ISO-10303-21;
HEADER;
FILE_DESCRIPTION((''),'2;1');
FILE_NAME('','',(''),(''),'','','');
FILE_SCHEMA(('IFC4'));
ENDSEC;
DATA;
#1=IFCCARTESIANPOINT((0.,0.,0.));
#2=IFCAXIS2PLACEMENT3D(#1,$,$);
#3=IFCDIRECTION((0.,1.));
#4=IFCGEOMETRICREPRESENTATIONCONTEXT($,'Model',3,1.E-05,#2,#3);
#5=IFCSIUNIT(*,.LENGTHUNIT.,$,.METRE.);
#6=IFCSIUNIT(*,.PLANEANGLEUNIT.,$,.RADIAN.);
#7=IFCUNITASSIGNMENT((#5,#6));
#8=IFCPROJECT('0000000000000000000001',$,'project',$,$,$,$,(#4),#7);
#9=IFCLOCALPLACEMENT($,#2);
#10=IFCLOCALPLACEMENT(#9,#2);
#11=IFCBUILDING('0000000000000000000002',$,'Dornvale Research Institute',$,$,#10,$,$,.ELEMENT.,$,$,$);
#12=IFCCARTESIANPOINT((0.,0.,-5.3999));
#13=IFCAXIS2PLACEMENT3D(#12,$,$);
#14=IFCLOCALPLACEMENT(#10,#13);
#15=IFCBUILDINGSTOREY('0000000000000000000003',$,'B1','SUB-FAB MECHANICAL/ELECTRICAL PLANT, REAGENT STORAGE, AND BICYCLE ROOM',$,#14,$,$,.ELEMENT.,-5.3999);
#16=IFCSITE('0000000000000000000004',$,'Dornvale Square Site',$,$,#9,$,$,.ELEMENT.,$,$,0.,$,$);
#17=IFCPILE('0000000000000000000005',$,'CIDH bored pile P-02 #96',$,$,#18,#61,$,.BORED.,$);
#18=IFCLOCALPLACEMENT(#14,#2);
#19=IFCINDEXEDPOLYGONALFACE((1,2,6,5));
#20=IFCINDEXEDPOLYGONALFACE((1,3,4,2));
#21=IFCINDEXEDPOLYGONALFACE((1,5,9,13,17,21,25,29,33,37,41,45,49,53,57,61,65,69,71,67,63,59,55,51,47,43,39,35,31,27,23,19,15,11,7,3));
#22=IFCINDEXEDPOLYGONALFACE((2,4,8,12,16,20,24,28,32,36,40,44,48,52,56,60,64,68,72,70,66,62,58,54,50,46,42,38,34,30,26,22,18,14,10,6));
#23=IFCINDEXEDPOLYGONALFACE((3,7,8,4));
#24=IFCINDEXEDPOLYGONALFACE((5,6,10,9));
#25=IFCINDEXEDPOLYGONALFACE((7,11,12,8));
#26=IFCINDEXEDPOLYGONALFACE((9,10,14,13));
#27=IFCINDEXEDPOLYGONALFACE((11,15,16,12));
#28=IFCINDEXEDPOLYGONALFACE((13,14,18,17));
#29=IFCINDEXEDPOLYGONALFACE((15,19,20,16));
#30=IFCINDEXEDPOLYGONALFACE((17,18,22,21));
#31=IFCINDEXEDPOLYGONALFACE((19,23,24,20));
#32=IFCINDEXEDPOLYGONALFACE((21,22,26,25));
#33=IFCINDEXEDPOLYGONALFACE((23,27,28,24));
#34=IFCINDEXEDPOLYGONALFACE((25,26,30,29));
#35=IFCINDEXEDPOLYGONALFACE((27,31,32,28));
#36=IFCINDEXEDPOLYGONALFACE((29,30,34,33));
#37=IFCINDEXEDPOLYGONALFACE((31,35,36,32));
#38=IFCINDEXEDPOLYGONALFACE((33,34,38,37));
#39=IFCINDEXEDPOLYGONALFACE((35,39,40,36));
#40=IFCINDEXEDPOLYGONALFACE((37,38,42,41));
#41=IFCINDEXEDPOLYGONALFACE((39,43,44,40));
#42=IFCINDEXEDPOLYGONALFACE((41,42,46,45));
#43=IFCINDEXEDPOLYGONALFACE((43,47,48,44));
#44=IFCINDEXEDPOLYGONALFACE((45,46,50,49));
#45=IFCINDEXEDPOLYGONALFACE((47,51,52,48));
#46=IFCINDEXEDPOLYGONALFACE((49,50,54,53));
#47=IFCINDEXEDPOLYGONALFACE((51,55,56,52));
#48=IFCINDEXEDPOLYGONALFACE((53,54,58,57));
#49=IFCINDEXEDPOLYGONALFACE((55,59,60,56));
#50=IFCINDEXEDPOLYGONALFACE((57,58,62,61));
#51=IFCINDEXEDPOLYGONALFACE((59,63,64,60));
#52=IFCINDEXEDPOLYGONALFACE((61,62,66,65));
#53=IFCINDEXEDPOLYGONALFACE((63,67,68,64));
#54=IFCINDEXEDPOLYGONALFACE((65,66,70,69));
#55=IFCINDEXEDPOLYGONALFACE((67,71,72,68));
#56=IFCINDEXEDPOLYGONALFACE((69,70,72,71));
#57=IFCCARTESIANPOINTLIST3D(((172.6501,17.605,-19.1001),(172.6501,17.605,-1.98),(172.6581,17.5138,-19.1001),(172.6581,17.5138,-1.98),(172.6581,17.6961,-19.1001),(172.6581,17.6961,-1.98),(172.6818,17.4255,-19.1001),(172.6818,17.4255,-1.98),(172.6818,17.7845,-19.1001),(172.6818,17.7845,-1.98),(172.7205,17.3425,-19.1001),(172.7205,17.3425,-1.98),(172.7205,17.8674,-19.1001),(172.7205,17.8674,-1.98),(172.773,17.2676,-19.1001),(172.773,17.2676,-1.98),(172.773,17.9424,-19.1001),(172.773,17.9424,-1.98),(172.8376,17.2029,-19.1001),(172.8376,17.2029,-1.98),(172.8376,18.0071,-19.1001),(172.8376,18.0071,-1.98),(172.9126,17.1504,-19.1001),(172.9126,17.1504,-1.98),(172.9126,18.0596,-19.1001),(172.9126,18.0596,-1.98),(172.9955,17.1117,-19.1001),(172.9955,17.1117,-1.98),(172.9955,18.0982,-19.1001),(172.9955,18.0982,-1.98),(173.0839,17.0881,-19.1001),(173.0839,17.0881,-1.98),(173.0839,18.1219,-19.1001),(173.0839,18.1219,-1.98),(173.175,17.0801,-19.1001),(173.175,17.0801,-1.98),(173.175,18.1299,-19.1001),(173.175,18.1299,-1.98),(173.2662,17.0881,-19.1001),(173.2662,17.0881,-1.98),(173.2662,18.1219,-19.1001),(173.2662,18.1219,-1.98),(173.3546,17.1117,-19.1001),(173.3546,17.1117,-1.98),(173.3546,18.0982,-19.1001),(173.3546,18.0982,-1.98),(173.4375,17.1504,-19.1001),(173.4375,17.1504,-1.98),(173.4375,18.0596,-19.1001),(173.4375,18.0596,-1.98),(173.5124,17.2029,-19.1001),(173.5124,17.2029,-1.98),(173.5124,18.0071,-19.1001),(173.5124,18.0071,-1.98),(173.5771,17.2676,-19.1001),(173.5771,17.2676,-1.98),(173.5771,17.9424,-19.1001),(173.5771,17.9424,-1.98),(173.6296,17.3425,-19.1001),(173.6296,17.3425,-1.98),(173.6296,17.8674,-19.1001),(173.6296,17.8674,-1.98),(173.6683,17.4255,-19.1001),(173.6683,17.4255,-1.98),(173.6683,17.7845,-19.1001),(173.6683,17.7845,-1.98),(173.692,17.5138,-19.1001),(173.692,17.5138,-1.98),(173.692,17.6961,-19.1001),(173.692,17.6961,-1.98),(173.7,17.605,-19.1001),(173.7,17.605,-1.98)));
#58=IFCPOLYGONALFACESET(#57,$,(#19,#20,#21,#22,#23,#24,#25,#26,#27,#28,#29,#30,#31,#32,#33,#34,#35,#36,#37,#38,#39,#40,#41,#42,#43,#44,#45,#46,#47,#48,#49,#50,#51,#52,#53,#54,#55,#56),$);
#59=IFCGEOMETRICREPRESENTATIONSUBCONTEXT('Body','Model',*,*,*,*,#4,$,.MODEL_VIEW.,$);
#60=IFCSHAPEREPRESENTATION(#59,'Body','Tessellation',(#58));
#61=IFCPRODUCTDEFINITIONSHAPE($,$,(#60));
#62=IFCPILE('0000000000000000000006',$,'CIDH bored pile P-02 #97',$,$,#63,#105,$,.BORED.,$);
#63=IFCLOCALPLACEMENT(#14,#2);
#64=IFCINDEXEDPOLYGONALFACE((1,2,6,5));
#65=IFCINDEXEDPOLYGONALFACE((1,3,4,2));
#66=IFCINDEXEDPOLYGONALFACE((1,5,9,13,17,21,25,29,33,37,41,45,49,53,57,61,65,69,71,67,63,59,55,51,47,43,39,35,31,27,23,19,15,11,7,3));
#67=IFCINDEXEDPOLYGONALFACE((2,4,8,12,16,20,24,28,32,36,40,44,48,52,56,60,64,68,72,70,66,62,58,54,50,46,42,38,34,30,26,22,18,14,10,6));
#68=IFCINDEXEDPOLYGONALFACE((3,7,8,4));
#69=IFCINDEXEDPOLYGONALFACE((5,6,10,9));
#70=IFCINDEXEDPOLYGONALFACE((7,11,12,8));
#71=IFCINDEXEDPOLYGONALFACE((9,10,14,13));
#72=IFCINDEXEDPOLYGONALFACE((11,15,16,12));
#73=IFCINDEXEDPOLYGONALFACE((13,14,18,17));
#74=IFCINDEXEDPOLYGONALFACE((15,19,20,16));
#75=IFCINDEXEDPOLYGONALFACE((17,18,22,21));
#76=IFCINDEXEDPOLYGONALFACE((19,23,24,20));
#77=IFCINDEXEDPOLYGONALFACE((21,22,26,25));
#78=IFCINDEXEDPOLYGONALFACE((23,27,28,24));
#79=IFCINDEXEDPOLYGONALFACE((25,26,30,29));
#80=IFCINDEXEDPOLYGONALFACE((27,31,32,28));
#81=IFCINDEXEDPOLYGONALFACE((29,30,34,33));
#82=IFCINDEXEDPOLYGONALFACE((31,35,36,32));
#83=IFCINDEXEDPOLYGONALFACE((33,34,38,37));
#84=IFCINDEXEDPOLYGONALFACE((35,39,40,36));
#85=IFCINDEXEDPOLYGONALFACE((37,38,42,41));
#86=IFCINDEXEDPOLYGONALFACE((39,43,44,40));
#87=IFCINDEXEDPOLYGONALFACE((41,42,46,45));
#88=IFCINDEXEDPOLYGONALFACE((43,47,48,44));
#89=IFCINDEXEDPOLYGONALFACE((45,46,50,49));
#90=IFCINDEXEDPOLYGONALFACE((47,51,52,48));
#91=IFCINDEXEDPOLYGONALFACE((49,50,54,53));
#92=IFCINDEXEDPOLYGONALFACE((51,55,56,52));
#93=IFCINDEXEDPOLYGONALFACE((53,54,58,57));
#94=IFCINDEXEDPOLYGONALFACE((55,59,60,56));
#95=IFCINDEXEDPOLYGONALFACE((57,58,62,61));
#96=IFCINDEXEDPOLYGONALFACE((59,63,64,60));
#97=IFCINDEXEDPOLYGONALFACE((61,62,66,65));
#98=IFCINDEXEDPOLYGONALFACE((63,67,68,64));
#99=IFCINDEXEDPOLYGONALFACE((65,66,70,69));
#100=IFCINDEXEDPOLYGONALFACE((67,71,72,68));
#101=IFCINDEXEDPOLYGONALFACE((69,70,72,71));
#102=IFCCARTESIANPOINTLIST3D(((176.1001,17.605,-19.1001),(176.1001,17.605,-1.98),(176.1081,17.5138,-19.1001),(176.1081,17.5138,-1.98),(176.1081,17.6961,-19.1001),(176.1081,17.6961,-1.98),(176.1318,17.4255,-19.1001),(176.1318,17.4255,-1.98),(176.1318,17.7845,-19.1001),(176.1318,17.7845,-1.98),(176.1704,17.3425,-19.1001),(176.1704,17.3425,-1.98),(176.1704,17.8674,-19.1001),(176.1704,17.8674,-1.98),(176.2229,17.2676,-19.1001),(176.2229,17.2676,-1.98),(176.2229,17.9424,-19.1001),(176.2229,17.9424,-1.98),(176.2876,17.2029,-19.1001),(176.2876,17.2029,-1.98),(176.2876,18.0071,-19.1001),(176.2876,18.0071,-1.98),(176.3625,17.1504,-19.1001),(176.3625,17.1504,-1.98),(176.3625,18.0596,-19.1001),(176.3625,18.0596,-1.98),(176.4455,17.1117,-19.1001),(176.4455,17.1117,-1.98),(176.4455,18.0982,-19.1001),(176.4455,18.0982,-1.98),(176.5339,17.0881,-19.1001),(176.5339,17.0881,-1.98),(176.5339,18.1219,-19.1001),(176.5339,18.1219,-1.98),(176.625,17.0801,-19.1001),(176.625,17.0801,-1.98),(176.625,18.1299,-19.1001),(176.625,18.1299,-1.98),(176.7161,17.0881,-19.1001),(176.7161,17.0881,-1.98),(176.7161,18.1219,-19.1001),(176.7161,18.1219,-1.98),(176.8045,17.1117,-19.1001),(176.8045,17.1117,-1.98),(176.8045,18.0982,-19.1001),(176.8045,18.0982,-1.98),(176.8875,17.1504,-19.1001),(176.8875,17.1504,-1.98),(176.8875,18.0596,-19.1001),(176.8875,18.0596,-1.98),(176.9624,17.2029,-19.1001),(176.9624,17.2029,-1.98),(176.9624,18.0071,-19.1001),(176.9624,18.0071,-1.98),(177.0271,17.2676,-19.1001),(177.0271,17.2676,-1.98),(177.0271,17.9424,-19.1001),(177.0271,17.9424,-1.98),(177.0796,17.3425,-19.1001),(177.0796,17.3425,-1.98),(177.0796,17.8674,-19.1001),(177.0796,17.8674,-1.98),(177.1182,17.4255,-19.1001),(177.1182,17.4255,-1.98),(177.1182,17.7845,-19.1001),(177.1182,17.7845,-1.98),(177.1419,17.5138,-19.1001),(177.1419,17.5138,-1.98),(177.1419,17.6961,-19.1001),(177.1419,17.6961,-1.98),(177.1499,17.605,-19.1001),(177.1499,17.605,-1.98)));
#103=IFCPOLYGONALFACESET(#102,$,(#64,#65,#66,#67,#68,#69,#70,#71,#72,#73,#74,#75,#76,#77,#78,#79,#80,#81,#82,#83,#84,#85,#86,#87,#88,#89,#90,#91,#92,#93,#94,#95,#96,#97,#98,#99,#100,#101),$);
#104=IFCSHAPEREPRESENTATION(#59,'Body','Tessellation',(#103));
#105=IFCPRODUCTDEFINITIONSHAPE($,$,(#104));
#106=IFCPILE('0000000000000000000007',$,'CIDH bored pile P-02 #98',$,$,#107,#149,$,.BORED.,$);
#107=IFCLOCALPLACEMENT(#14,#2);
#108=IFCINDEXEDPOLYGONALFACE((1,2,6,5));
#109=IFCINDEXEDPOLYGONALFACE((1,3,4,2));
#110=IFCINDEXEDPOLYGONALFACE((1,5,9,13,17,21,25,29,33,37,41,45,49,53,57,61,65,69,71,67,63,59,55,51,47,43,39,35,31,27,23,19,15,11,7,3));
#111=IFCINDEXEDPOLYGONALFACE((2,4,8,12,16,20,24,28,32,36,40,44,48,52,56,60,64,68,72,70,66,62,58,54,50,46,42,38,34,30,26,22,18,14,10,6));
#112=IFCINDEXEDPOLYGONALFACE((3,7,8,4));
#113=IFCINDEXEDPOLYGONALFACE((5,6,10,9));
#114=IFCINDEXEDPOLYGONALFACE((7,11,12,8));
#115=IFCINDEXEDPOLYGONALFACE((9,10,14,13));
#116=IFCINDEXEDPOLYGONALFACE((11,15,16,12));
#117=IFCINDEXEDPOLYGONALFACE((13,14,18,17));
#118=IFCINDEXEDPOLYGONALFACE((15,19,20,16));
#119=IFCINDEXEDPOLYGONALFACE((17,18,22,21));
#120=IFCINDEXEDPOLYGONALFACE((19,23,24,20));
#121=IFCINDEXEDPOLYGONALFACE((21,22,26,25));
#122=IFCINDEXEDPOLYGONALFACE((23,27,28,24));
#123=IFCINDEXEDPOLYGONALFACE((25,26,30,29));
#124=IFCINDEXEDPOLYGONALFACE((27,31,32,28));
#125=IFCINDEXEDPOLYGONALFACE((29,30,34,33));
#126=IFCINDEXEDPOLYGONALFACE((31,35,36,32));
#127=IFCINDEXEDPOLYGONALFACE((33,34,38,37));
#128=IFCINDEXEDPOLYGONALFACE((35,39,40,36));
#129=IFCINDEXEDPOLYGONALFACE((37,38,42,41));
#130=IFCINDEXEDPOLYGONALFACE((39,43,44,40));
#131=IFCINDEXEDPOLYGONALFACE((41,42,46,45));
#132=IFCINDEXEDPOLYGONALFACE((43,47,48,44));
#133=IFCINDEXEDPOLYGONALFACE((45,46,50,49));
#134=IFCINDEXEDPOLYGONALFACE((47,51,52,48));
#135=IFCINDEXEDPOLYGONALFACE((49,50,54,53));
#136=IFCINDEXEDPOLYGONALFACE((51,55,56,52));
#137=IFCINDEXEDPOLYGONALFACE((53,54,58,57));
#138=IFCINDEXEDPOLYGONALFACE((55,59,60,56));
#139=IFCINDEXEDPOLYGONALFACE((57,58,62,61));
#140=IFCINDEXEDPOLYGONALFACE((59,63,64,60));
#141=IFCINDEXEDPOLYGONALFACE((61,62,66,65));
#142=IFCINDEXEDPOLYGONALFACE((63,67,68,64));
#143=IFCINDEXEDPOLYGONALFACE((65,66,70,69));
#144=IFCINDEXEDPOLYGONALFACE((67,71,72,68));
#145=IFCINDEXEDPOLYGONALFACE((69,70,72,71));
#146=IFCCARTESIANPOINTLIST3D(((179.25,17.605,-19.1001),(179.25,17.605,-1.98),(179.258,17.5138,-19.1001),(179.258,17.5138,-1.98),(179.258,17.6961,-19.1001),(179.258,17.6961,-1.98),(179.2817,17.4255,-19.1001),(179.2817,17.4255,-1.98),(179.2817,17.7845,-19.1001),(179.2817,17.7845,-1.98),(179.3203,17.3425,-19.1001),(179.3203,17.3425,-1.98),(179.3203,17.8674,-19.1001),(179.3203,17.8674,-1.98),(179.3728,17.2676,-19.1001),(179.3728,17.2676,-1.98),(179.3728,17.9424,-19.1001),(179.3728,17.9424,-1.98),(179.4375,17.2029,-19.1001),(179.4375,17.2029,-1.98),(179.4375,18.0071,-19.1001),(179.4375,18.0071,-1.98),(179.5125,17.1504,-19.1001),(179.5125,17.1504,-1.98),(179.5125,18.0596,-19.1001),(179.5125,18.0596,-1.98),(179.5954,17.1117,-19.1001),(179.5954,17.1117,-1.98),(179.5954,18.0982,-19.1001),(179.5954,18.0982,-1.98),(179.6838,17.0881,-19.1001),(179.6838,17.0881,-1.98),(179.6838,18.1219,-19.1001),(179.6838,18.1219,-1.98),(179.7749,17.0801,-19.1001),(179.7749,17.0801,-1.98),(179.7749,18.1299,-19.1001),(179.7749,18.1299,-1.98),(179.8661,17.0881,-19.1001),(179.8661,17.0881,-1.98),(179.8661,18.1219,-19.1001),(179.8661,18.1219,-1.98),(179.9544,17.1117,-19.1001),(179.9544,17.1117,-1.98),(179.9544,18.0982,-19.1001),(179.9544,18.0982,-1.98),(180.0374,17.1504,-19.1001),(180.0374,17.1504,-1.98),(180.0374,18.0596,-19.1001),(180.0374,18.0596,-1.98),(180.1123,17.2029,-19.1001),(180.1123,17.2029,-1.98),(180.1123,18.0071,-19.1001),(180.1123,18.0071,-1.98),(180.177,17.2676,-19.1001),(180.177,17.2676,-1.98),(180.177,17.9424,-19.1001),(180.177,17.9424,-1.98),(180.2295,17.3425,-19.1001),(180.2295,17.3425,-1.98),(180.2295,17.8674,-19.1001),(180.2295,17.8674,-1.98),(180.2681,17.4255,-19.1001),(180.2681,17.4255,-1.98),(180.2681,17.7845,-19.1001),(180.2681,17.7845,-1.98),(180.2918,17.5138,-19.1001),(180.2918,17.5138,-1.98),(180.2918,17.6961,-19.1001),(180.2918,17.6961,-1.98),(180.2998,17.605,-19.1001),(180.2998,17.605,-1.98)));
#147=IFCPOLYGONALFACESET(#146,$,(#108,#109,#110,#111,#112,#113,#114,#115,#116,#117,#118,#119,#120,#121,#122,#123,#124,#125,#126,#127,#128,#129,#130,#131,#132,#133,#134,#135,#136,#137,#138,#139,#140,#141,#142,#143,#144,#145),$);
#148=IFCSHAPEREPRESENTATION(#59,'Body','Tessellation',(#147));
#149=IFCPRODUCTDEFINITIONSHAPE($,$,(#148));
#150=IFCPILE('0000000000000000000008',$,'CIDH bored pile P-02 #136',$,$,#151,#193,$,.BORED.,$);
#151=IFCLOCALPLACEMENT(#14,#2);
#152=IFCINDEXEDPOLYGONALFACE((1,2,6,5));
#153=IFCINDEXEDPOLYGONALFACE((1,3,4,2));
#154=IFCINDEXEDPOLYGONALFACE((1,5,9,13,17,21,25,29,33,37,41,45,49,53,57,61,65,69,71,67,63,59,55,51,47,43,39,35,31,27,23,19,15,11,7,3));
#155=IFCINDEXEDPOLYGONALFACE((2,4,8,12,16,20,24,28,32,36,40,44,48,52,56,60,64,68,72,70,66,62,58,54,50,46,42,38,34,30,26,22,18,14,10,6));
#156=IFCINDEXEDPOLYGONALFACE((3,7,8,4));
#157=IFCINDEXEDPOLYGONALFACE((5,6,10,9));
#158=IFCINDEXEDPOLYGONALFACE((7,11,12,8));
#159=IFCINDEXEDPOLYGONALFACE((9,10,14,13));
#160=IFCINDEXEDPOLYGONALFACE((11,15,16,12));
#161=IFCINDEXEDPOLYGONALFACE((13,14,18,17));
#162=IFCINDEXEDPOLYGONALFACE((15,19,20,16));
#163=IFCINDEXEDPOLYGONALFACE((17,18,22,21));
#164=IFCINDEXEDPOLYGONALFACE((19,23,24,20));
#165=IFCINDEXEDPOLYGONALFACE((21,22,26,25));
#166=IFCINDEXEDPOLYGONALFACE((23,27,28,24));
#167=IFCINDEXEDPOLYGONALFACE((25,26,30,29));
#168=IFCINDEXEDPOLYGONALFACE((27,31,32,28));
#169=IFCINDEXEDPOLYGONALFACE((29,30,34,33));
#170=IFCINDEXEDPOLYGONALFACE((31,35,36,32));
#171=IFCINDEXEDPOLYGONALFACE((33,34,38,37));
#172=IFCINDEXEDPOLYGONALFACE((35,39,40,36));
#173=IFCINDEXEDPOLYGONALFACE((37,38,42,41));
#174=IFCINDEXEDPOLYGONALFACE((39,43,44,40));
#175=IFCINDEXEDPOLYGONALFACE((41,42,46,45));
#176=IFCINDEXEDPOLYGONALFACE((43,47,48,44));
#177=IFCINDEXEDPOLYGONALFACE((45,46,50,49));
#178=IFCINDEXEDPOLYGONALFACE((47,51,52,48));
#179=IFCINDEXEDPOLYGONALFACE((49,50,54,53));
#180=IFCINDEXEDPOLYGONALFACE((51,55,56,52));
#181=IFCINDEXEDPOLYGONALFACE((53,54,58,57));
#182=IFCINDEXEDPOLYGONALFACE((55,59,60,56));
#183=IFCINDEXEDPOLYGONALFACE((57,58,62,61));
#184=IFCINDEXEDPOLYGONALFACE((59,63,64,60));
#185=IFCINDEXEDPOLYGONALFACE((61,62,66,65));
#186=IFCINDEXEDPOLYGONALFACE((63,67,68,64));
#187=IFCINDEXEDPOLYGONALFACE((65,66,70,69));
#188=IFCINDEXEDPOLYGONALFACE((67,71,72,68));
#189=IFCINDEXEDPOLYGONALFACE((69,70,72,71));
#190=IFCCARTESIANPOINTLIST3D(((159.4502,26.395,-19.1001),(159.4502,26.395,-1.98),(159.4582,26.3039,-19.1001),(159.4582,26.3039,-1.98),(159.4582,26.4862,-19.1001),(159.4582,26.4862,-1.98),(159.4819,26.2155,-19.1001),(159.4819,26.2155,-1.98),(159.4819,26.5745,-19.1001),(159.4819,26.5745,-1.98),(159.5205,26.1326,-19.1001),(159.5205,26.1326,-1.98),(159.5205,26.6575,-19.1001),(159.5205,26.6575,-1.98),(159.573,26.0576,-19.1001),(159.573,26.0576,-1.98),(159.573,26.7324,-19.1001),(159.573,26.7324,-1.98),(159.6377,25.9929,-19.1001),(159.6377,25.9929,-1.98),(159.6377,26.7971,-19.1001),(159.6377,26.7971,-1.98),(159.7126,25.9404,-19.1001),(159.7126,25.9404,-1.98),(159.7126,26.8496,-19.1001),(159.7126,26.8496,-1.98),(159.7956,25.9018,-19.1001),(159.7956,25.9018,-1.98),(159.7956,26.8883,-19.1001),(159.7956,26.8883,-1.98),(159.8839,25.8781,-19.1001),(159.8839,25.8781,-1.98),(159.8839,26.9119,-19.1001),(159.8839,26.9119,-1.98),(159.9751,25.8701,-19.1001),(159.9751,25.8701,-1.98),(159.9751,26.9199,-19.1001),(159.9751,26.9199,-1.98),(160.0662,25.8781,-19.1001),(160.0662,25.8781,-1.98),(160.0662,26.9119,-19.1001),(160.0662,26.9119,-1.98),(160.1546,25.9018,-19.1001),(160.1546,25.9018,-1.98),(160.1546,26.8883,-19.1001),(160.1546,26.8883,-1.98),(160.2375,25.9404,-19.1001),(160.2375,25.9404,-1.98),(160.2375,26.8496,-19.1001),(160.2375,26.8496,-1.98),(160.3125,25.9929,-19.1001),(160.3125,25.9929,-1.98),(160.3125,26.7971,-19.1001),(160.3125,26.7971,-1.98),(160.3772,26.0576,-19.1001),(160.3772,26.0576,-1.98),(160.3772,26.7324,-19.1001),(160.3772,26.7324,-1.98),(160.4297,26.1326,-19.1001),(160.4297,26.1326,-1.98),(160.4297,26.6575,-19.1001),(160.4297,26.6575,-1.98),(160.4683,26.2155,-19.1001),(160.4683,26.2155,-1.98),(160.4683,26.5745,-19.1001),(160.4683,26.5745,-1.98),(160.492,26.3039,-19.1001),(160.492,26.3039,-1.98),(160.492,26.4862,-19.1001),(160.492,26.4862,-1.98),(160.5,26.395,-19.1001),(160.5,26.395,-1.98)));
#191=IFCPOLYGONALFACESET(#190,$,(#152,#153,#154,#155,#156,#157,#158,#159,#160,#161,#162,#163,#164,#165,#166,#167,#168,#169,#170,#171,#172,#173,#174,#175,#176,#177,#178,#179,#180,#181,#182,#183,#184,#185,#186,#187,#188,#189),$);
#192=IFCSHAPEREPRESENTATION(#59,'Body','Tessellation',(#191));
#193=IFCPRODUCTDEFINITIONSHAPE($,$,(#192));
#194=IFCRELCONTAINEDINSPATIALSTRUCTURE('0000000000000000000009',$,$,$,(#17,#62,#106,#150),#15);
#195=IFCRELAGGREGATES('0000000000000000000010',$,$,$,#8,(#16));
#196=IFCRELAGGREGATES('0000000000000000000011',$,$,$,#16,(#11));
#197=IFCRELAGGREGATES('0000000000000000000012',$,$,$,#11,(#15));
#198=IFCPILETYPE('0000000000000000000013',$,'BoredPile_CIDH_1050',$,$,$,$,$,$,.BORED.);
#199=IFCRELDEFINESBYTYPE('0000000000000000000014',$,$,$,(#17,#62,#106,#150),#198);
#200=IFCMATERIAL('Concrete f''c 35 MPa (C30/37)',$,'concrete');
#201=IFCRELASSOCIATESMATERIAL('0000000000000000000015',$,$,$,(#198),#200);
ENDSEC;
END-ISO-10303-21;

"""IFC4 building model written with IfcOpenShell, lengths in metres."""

from ifc_helpers import new_model, si_unit, direction, frame, origin, origin_2d, place, context, subcontext, project, spatial, circle, extrude, material, material_profile, profile_set, type_object, element, save


model = new_model("IFC4")

# Units and contexts
model_context = context("Model", 3, precision=1e-05, world=origin(), true_north=direction((0.0, 1.0)))
body_context = subcontext(model_context, "Body", "Model", "MODEL_VIEW")
ifc_project = project(units=[si_unit("LENGTHUNIT", "METRE"), si_unit("PLANEANGLEUNIT", "RADIAN")], contexts=[model_context])

# Site, building, storey
site_placement = place(None, origin())
site = spatial("IfcSite", under=ifc_project, at=site_placement, Name="Dornvale Square Site", CompositionType="ELEMENT", RefElevation=0.0)
building_placement = place(site_placement, origin())
building = spatial("IfcBuilding", under=site, at=building_placement, Name="Dornvale Research Institute", CompositionType="ELEMENT")
storey_placement = place(building_placement, frame((0.0, 0.0, -5.3999)))
storey = spatial("IfcBuildingStorey", under=building, at=storey_placement, Name="B1", Description="SUB-FAB MECHANICAL/ELECTRICAL PLANT, REAGENT STORAGE, AND BICYCLE ROOM", CompositionType="ELEMENT", Elevation=-5.3999)

# Piles
ifc_material_1 = material(Name="Concrete f'c 35 MPa (C30/37)", Category="concrete")
ifc_material_profile_1 = material_profile(ifc_material_1, circle(Radius=0.5249, at=origin_2d()), Name="CIDH PILE D1050")
ifc_profile_set_1 = profile_set([ifc_material_profile_1], Name="Concrete f'c 35 MPa (C30/37)")
pile_type = type_object("IfcPileType", Name="BoredPile_CIDH_1050", PredefinedType="BORED", material=ifc_profile_set_1)
for number, where, z_axis, x_axis, name in (
    (1, (173.175, 17.605, -1.98), (0.0, 0.0, -1.0), (1.0, 0.0, 0.0), "CIDH bored pile P-02 #96"),
    (2, (176.625, 17.605, -1.98), (0.0, 0.0, -1.0), (1.0, 0.0, 0.0), "CIDH bored pile P-02 #97"),
    (3, (179.7749, 17.605, -1.98), (0.0, 0.0, -1.0), (1.0, 0.0, 0.0), "CIDH bored pile P-02 #98"),
    (4, (159.9751, 26.395, -1.98), (0.0, 0.0, -1.0), (1.0, 0.0, 0.0), "CIDH bored pile P-02 #136"),
):
    element("IfcPile", number, at=place(storey_placement, frame(where, z_axis=z_axis, x_axis=x_axis)), inside=storey, type_object=pile_type, Name=name, PredefinedType="BORED", context=body_context, shape_type="SweptSolid", body=[
        extrude(circle(Radius=0.5249, at=origin_2d()), origin(), (0.0, 0.0, 1.0), 17.1201),
    ])

save(model, "model.ifc")
